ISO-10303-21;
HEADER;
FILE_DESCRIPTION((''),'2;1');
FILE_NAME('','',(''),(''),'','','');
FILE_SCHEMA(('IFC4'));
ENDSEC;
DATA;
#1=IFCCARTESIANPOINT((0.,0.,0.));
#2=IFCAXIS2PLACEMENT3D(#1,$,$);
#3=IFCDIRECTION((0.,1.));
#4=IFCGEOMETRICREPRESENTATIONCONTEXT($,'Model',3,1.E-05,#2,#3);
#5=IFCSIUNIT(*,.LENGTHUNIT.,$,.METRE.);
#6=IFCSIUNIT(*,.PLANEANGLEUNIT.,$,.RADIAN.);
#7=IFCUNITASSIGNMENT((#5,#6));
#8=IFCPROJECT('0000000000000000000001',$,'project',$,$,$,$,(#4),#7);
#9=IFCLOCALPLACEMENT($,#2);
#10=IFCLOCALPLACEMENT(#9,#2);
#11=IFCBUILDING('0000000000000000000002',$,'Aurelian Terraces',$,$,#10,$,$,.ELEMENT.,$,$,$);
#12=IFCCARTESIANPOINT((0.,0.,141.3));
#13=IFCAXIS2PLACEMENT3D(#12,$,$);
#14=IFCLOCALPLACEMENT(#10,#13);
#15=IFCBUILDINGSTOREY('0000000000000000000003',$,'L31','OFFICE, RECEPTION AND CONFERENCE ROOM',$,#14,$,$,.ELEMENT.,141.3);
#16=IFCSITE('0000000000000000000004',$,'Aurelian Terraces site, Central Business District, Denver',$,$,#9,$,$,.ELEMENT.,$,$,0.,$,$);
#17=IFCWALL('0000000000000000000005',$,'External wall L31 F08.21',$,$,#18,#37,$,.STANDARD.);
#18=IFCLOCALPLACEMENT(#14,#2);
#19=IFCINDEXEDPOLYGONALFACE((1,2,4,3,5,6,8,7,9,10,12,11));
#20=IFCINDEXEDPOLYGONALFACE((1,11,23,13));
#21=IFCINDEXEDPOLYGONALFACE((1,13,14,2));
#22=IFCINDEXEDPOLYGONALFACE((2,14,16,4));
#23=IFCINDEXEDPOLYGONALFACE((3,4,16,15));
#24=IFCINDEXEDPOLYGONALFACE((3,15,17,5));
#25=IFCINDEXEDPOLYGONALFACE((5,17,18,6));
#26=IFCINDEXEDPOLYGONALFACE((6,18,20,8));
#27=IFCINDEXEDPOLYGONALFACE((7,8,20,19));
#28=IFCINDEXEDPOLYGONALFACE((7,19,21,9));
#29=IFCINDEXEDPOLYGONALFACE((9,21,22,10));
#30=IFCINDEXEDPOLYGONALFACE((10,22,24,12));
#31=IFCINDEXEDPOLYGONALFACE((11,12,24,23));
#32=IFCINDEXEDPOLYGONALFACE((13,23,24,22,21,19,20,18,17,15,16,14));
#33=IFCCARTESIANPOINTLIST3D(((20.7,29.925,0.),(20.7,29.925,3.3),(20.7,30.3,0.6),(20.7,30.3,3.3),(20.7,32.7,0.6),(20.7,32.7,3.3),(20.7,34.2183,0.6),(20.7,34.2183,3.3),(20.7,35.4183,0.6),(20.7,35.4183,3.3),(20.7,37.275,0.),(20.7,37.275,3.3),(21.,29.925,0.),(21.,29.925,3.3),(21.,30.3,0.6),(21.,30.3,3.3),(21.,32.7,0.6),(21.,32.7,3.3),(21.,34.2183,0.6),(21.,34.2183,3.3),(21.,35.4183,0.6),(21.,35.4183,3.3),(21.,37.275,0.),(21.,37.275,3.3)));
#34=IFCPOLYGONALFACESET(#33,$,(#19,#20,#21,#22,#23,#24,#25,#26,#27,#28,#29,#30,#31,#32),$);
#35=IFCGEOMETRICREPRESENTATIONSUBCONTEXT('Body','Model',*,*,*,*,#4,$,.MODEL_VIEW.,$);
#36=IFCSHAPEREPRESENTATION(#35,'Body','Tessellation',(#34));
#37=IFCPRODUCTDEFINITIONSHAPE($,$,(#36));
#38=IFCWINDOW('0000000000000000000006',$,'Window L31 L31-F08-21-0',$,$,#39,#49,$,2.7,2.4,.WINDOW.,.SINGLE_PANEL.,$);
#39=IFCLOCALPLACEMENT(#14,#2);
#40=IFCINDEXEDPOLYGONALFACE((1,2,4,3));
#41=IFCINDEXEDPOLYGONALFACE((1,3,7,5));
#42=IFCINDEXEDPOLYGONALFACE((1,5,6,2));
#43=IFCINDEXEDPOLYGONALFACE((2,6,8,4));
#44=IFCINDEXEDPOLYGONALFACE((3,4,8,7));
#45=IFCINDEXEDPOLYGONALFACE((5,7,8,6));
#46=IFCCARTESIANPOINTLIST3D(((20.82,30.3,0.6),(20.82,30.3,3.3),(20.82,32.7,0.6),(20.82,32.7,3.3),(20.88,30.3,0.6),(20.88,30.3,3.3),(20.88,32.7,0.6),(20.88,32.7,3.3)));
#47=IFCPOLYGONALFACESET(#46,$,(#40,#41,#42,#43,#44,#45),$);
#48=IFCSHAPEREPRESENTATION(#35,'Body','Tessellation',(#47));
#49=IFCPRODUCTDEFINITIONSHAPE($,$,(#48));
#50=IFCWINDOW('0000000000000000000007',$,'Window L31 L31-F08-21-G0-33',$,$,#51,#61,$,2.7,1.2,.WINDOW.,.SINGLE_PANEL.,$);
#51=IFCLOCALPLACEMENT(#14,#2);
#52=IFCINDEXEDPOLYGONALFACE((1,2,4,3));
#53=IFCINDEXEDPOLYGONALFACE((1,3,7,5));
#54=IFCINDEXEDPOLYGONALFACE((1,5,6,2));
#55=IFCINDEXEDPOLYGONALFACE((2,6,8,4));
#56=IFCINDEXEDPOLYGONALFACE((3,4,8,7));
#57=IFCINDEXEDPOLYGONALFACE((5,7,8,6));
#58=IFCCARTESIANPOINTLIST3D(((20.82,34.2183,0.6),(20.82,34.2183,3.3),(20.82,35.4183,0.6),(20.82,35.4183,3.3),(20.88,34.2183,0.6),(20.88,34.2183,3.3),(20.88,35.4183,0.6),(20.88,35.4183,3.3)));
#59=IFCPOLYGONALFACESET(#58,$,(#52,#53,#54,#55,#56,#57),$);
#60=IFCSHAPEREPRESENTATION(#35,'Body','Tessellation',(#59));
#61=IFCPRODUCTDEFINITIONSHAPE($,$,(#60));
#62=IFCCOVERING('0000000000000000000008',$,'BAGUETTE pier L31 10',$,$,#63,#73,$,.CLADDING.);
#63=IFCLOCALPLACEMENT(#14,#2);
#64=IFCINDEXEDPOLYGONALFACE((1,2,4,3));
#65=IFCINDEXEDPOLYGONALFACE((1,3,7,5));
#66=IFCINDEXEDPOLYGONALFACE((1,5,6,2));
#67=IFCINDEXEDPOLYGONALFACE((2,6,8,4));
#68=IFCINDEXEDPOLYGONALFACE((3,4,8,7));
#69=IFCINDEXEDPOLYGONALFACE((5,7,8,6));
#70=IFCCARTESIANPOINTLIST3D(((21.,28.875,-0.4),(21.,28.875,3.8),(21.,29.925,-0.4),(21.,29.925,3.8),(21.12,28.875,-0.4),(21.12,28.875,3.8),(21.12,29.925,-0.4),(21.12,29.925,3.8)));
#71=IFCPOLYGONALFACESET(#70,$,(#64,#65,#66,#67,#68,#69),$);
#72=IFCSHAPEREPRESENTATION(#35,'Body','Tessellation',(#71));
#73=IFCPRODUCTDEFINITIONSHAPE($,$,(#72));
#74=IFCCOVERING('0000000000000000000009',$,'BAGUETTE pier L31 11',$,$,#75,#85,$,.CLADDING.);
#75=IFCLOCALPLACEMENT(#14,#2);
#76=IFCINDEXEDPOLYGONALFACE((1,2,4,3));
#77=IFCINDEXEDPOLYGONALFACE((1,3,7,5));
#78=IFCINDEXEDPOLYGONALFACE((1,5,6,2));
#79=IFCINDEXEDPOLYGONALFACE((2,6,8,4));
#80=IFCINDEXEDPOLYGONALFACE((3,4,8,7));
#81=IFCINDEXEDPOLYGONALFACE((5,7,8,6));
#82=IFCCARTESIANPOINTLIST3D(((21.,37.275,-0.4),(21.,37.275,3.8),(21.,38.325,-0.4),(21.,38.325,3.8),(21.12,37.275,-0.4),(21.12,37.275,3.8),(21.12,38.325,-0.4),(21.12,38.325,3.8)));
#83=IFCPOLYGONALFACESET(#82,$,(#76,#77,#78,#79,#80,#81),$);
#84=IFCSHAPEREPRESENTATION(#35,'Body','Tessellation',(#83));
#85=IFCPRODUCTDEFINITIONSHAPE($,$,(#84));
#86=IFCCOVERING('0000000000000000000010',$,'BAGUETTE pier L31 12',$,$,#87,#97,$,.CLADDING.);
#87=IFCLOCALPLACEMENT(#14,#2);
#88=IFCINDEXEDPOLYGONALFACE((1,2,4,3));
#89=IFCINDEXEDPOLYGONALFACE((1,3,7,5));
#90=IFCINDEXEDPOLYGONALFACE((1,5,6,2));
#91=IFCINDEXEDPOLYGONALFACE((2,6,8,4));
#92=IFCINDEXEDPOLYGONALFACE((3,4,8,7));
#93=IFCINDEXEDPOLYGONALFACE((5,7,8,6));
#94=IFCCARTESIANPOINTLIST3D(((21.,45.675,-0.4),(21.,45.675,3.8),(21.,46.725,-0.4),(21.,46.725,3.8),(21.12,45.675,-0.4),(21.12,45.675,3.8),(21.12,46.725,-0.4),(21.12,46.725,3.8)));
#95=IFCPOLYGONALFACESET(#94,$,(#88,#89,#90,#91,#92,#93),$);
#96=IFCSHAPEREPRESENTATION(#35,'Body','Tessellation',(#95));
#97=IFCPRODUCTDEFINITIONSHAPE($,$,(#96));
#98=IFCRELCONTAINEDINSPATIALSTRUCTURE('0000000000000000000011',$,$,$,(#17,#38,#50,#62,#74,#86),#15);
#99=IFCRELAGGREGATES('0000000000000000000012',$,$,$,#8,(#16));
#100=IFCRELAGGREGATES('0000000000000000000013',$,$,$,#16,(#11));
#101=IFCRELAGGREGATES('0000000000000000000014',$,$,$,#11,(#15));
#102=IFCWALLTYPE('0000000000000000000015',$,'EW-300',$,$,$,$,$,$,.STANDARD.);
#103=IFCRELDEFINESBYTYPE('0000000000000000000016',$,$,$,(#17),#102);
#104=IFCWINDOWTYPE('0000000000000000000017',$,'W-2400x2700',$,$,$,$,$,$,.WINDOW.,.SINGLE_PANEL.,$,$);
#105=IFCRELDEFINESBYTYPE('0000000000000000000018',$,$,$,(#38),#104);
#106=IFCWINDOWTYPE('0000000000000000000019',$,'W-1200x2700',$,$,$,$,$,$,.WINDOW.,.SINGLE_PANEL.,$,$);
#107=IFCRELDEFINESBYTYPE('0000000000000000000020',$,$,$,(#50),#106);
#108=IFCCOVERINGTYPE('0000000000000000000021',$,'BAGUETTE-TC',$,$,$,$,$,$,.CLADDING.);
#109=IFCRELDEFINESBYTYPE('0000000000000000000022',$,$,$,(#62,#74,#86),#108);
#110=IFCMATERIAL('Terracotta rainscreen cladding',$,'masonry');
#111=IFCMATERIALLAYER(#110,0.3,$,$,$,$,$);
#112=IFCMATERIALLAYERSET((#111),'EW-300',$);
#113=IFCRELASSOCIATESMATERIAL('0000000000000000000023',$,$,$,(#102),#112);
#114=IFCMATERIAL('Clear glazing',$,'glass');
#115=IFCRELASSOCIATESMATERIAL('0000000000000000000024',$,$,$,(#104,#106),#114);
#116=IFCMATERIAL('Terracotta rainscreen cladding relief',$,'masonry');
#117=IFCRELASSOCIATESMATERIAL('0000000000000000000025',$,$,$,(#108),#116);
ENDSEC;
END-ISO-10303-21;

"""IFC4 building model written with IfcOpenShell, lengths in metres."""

from ifc_helpers import new_model, si_unit, direction, frame, frame_2d, origin, origin_2d, place, context, subcontext, project, spatial, rectangle, extrude, source, transform, mapped, material, layer, layer_set, type_object, element, fill, save


model = new_model("IFC4")

# Units and contexts
model_context = context("Model", 3, precision=1e-05, world=origin(), true_north=direction((0.0, 1.0)))
body_context = subcontext(model_context, "Body", "Model", "MODEL_VIEW")
ifc_project = project(units=[si_unit("LENGTHUNIT", "METRE"), si_unit("PLANEANGLEUNIT", "RADIAN")], contexts=[model_context])

# Site, building, storey
site_placement = place(None, origin())
site = spatial("IfcSite", under=ifc_project, at=site_placement, Name="Aurelian Terraces site, Central Business District, Denver", CompositionType="ELEMENT", RefElevation=0.0)
building_placement = place(site_placement, origin())
building = spatial("IfcBuilding", under=site, at=building_placement, Name="Aurelian Terraces", CompositionType="ELEMENT")
storey_placement = place(building_placement, frame((0.0, 0.0, 141.3)))
storey = spatial("IfcBuildingStorey", under=building, at=storey_placement, Name="L31", Description="OFFICE, RECEPTION AND CONFERENCE ROOM", CompositionType="ELEMENT", Elevation=141.3)

# Shared definitions
ifc_material_1 = material(Name="Terracotta rainscreen cladding", Category="masonry")
ifc_layer_1 = layer(ifc_material_1, 0.3)
ifc_layer_set_1 = layer_set([ifc_layer_1], Name="EW-300")
wall_type_1 = type_object("IfcWallType", Name="EW-300", PredefinedType="STANDARD", material=ifc_layer_set_1)
ifc_material_2 = material(Name="Clear glazing", Category="glass")

# Shared definitions
shared_shape_1 = source(origin(), body_context, "Body", "SweptSolid", [
    extrude(rectangle(XDim=2.4, YDim=2.7, at=frame_2d((1.2, 1.35))), frame((0.0, 0.16, 0.0), z_axis=(0.0, -1.0, 0.0), x_axis=(1.0, 0.0, 0.0)), (0.0, 0.0, 1.0), 0.32),
])
window_type_1 = type_object("IfcWindowType", Name="W-2400x2700", PartitioningType="SINGLE_PANEL", PredefinedType="WINDOW", material=ifc_material_2)
shared_shape_2 = source(origin(), body_context, "Body", "SweptSolid", [
    extrude(rectangle(XDim=2.4, YDim=2.7, at=frame_2d((1.2, 1.35))), frame((0.0, 0.03, 0.0), z_axis=(0.0, -1.0, 0.0), x_axis=(1.0, 0.0, 0.0)), (0.0, 0.0, 1.0), 0.06),
])

# Wall, openings, windows
shared_shape_3 = source(origin(), body_context, "Body", "SweptSolid", [
    extrude(rectangle(XDim=1.2, YDim=2.7, at=frame_2d((0.6, 1.35))), frame((0.0, 0.16, 0.0), z_axis=(0.0, -1.0, 0.0), x_axis=(1.0, 0.0, 0.0)), (0.0, 0.0, 1.0), 0.32),
])
window_type_2 = type_object("IfcWindowType", Name="W-1200x2700", PartitioningType="SINGLE_PANEL", PredefinedType="WINDOW", material=ifc_material_2)
shared_shape_4 = source(origin(), body_context, "Body", "SweptSolid", [
    extrude(rectangle(XDim=1.2, YDim=2.7, at=frame_2d((0.6, 1.35))), frame((0.0, 0.03, 0.0), z_axis=(0.0, -1.0, 0.0), x_axis=(1.0, 0.0, 0.0)), (0.0, 0.0, 1.0), 0.06),
])
shared_shape_5 = source(origin(), body_context, "Body", "SweptSolid", [
    extrude(rectangle(XDim=7.35, YDim=0.3, at=frame_2d((3.675, 0.0))), origin(), (0.0, 0.0, 1.0), 3.3),
])
wall_1_placement = place(storey_placement, frame((20.85, 29.925, 0.0), z_axis=(0.0, 0.0, 1.0), x_axis=(0.0, 1.0, 0.0)))
wall_1 = element("IfcWall", 1, at=wall_1_placement, inside=storey, type_object=wall_type_1, Name="External wall L31 F08.21", PredefinedType="STANDARD", context=body_context, shape_type="MappedRepresentation", body=[
    mapped(shared_shape_5, transform((0.0, 0.0, 0.0), scale=1.0)),
])
opening_1_placement = place(wall_1_placement, frame((0.375, 0.0, 0.6)))
opening_1 = element("IfcOpeningElement", 2, at=opening_1_placement, cuts=wall_1, PredefinedType="OPENING", context=body_context, shape_type="MappedRepresentation", body=[
    mapped(shared_shape_1, transform((0.0, 0.0, 0.0), scale=1.0)),
])
opening_2_placement = place(wall_1_placement, frame((4.2933, 0.0, 0.6)))
opening_2 = element("IfcOpeningElement", 3, at=opening_2_placement, cuts=wall_1, PredefinedType="OPENING", context=body_context, shape_type="MappedRepresentation", body=[
    mapped(shared_shape_3, transform((0.0, 0.0, 0.0), scale=1.0)),
])
window_1_placement = place(opening_1_placement, origin())
window_1 = element("IfcWindow", 4, at=window_1_placement, inside=storey, type_object=window_type_1, Name="Window L31 L31-F08-21-0", OverallHeight=2.7, OverallWidth=2.4, PartitioningType="SINGLE_PANEL", PredefinedType="WINDOW", context=body_context, shape_type="MappedRepresentation", body=[
    mapped(shared_shape_2, transform((0.0, 0.0, 0.0), scale=1.0)),
])
fill(opening_1, window_1)
window_2_placement = place(opening_2_placement, origin())
window_2 = element("IfcWindow", 5, at=window_2_placement, inside=storey, type_object=window_type_2, Name="Window L31 L31-F08-21-G0-33", OverallHeight=2.7, OverallWidth=1.2, PartitioningType="SINGLE_PANEL", PredefinedType="WINDOW", context=body_context, shape_type="MappedRepresentation", body=[
    mapped(shared_shape_4, transform((0.0, 0.0, 0.0), scale=1.0)),
])
fill(opening_2, window_2)

# Coverings
ifc_material_3 = material(Name="Terracotta rainscreen cladding relief", Category="masonry")
covering_type = type_object("IfcCoveringType", Name="BAGUETTE-TC", PredefinedType="CLADDING", material=ifc_material_3)
shared_shape_6 = source(origin(), body_context, "Body", "SweptSolid", [
    extrude(rectangle(XDim=0.12, YDim=1.05, at=origin_2d()), origin(), (0.0, 0.0, 1.0), 4.2),
])
for number, where, z_axis, x_axis, name in (
    (6, (21.06, 29.4, -0.4), (0.0, 0.0, 1.0), (1.0, 0.0, 0.0), "BAGUETTE pier L31 10"),
    (7, (21.06, 37.8, -0.4), (0.0, 0.0, 1.0), (1.0, 0.0, 0.0), "BAGUETTE pier L31 11"),
    (8, (21.06, 46.2, -0.4), (0.0, 0.0, 1.0), (1.0, 0.0, 0.0), "BAGUETTE pier L31 12"),
):
    element("IfcCovering", number, at=place(storey_placement, frame(where, z_axis=z_axis, x_axis=x_axis)), inside=storey, type_object=covering_type, Name=name, PredefinedType="CLADDING", context=body_context, shape_type="MappedRepresentation", body=[
        mapped(shared_shape_6, transform((0.0, 0.0, 0.0), scale=1.0)),
    ])

save(model, "model.ifc")
